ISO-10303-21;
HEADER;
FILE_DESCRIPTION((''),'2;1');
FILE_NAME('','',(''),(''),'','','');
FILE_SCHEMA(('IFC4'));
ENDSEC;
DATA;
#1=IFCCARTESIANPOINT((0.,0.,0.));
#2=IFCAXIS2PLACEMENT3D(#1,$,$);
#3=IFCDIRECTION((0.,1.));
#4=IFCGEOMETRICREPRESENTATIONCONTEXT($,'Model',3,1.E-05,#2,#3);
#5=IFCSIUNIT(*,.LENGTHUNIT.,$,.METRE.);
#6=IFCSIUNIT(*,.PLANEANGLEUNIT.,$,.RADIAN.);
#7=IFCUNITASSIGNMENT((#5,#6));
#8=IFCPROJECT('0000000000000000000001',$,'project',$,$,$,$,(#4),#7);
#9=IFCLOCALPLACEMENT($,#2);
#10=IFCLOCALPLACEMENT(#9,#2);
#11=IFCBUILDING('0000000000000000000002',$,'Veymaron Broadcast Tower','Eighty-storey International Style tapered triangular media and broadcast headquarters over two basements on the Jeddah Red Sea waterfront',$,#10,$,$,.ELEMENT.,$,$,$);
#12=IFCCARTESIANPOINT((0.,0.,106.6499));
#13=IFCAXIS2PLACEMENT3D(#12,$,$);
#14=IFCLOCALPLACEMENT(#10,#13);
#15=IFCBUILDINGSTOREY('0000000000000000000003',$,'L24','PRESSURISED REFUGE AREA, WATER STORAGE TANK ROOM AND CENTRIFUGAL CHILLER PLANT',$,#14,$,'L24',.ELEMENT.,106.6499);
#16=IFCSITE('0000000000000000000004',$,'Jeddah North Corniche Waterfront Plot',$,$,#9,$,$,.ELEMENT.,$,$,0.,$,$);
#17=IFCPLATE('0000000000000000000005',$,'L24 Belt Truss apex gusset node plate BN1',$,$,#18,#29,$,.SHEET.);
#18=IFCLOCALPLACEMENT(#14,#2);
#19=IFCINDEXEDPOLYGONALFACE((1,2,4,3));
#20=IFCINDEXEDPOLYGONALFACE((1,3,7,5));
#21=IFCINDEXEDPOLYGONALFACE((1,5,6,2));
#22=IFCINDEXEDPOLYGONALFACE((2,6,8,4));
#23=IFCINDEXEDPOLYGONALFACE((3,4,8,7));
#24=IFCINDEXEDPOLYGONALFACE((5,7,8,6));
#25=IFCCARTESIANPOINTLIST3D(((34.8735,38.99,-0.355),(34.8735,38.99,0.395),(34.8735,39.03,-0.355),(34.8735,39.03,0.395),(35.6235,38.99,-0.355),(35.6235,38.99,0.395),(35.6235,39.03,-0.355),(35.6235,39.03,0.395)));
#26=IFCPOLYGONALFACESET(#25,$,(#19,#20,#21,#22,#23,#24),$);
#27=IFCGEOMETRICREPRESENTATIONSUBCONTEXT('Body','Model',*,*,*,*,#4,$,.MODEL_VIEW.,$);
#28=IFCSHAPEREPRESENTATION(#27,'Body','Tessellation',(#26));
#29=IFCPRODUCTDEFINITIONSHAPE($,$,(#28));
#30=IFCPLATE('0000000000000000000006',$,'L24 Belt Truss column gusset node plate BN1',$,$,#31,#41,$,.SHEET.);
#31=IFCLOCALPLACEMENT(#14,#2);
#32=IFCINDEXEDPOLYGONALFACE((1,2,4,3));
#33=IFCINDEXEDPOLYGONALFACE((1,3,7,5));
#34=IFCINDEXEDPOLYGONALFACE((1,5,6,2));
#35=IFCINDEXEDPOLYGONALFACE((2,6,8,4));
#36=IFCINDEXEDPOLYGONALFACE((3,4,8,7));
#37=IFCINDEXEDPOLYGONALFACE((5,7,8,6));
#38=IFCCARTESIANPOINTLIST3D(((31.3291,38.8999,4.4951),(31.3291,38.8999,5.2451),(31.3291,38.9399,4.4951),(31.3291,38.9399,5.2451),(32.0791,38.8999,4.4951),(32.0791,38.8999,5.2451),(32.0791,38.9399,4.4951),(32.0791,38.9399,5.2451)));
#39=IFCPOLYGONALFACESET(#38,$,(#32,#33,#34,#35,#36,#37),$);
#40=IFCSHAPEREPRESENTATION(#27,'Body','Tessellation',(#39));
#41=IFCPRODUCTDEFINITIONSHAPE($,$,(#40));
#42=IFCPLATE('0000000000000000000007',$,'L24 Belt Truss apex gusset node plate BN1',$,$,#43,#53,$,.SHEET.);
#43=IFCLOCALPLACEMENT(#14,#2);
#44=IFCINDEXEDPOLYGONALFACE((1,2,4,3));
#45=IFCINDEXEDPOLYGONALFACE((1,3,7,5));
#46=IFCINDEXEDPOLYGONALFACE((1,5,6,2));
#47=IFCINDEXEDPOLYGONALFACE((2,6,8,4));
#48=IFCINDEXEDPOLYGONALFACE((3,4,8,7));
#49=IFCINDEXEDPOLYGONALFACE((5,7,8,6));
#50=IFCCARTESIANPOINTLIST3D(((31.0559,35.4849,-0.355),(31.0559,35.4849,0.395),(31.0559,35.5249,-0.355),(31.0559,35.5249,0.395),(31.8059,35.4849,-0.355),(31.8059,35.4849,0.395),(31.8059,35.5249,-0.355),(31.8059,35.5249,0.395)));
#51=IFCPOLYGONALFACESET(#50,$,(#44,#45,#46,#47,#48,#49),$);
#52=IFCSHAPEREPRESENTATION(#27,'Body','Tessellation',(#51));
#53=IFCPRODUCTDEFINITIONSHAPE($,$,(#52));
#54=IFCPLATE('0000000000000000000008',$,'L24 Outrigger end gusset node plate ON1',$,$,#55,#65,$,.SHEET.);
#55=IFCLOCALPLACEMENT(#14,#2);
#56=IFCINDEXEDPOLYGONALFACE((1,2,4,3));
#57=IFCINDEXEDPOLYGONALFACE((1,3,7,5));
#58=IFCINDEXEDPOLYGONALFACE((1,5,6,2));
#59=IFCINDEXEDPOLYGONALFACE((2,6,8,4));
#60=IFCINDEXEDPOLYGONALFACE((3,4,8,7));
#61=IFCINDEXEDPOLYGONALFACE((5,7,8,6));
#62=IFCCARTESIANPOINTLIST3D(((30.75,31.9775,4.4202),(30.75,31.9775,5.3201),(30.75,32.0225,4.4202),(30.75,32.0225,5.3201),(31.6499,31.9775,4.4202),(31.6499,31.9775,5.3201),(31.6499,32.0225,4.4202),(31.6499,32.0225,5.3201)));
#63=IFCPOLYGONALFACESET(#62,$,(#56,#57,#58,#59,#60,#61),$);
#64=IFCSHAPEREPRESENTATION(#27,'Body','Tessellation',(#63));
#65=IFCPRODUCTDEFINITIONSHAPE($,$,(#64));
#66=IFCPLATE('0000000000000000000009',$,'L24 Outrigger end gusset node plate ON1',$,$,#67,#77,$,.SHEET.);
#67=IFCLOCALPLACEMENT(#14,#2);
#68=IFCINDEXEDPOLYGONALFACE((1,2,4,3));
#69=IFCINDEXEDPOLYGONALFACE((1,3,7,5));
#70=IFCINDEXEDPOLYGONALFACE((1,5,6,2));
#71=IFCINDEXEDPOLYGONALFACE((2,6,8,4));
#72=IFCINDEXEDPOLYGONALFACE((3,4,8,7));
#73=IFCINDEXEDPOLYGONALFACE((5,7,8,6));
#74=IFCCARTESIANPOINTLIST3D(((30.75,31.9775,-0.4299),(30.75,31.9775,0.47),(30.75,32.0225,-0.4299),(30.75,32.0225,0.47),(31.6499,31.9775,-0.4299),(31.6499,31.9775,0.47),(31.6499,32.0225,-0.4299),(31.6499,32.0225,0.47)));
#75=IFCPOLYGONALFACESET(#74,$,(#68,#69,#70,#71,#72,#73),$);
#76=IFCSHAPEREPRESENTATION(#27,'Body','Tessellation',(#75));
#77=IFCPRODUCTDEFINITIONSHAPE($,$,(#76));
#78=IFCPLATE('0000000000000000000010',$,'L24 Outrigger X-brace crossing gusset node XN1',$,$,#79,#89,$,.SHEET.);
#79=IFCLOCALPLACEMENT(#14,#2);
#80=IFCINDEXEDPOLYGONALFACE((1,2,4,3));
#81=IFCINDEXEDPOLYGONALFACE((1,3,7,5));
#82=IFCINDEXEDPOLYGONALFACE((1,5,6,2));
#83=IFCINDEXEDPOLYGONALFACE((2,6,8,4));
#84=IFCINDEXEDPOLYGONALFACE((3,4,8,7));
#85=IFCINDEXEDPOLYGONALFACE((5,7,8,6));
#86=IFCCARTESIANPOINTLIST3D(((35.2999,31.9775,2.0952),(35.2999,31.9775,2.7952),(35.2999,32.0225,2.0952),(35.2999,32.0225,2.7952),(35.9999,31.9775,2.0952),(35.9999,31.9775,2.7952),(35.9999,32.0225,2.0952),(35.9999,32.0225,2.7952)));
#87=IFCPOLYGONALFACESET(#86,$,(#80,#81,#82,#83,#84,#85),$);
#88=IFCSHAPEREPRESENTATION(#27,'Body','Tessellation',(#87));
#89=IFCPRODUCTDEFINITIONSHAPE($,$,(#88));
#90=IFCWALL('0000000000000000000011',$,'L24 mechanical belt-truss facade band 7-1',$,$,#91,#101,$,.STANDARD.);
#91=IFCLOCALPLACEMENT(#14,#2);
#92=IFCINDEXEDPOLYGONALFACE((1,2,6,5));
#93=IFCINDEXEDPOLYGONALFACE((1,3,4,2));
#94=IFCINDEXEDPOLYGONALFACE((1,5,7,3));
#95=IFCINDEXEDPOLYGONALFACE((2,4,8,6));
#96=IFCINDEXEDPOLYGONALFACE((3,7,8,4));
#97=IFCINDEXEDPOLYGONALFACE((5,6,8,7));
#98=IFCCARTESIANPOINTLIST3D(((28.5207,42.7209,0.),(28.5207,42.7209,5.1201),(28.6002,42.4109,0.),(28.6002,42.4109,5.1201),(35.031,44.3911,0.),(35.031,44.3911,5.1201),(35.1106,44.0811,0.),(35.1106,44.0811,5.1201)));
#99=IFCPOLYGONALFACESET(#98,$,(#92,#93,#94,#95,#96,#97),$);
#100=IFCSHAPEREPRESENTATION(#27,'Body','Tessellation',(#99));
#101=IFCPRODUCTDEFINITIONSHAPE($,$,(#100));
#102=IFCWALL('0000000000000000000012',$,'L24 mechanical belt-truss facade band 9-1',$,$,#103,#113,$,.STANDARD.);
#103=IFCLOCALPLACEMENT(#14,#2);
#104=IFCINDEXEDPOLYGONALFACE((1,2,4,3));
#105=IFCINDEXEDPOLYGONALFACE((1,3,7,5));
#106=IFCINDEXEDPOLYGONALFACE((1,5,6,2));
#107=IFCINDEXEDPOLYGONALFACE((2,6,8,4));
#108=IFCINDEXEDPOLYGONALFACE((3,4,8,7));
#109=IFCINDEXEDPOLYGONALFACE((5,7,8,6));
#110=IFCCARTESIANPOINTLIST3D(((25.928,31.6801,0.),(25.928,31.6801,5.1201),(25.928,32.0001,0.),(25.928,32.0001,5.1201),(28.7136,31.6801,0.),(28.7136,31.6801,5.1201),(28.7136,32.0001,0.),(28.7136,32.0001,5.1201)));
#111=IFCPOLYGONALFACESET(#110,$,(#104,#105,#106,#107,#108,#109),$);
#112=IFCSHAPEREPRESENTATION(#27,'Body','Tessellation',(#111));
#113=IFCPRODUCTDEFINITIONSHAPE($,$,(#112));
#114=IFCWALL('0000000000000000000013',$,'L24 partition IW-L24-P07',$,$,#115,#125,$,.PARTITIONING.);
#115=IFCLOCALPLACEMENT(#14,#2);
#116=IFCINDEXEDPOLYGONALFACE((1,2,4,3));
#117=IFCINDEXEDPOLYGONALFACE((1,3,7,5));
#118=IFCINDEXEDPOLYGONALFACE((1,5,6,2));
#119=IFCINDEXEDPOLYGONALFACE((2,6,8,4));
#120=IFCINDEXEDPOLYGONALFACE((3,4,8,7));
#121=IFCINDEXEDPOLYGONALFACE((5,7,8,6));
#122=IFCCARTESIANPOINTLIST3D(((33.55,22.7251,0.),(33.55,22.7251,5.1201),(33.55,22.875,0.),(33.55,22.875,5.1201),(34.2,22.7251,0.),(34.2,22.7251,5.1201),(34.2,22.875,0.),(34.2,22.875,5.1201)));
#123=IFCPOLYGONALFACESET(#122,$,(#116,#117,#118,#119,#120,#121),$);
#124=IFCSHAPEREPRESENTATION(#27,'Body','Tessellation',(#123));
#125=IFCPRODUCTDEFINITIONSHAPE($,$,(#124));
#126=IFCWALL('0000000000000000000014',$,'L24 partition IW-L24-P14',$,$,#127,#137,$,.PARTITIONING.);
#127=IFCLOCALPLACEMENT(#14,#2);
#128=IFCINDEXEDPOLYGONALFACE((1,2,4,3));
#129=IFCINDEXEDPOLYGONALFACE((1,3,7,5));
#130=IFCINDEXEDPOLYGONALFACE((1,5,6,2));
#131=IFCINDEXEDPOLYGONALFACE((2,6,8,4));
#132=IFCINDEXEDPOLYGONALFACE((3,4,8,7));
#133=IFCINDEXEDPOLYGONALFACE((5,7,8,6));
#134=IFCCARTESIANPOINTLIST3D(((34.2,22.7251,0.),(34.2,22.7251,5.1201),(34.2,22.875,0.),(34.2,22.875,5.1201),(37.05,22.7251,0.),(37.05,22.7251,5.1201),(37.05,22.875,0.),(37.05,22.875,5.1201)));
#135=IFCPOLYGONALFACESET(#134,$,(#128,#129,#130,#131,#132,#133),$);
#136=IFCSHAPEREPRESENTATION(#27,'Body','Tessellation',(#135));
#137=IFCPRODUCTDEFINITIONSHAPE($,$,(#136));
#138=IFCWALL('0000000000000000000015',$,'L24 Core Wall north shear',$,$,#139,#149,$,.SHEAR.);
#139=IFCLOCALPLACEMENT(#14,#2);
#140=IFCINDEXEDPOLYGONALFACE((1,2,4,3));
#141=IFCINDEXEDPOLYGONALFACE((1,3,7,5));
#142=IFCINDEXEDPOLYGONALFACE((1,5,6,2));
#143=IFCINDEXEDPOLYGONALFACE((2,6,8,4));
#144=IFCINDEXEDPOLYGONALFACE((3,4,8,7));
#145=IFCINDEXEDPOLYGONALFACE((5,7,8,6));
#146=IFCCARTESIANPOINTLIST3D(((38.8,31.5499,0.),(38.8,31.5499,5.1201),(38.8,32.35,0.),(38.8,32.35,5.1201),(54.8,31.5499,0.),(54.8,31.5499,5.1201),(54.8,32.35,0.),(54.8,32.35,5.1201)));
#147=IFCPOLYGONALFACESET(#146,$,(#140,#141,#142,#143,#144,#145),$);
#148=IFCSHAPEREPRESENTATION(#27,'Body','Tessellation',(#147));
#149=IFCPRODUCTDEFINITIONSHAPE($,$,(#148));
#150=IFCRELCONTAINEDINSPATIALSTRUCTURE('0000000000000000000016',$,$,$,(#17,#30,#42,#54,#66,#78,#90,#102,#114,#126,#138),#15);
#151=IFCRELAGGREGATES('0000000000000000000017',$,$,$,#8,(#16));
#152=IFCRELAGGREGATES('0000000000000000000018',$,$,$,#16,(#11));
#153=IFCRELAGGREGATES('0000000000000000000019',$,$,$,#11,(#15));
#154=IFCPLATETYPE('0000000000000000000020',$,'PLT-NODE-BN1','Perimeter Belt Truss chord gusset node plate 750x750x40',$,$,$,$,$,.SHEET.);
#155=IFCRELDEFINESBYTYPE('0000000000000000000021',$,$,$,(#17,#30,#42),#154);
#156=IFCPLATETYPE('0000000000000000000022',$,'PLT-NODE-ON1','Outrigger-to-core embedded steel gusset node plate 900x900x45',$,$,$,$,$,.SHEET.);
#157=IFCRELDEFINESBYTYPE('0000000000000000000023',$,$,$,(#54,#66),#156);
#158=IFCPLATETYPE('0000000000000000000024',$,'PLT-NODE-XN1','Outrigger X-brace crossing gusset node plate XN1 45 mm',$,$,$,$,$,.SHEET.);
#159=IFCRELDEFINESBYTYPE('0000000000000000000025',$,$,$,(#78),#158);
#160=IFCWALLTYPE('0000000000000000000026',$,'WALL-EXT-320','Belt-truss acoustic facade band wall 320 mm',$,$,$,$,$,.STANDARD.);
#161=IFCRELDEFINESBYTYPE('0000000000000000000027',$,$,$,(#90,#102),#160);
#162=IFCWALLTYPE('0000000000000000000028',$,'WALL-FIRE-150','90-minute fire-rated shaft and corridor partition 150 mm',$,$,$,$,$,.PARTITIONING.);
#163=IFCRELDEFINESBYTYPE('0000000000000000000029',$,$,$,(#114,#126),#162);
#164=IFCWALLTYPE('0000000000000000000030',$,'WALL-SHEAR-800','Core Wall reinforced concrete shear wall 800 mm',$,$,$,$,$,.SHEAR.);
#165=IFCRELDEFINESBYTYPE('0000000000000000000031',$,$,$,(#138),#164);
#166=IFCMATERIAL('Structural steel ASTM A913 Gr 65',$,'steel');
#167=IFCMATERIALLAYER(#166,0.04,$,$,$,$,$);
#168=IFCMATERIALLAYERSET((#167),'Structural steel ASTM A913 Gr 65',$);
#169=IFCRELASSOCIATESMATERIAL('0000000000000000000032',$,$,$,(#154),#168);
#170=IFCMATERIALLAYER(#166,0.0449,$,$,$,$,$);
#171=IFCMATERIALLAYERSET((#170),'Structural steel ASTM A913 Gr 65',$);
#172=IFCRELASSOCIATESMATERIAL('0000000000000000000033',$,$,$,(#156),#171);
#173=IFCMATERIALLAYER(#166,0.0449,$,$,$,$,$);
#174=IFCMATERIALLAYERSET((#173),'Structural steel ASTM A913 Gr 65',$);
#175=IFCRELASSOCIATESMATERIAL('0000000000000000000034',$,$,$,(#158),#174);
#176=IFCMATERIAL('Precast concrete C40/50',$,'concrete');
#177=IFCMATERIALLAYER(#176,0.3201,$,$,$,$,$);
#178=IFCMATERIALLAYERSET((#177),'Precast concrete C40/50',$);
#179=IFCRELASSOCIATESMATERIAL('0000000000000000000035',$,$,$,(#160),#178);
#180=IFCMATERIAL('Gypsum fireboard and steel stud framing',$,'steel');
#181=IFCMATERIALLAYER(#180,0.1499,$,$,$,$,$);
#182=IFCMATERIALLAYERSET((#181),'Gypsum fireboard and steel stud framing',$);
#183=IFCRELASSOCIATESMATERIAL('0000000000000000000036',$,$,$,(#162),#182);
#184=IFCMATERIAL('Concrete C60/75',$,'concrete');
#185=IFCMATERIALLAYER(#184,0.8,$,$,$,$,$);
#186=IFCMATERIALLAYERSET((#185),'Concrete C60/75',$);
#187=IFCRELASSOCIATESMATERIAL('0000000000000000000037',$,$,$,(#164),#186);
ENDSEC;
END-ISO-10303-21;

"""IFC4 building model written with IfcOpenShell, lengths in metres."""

from ifc_helpers import new_model, si_unit, direction, frame, frame_2d, origin, origin_2d, place, context, subcontext, project, spatial, rectangle, extrude, material, layer, layer_set, type_object, element, save


model = new_model("IFC4")

# Units and contexts
model_context = context("Model", 3, precision=1e-05, world=origin(), true_north=direction((0.0, 1.0)))
body_context = subcontext(model_context, "Body", "Model", "MODEL_VIEW")
ifc_project = project(units=[si_unit("LENGTHUNIT", "METRE"), si_unit("PLANEANGLEUNIT", "RADIAN")], contexts=[model_context])

# Site, building, storey
site_placement = place(None, origin())
site = spatial("IfcSite", under=ifc_project, at=site_placement, Name="Jeddah North Corniche Waterfront Plot", CompositionType="ELEMENT", RefElevation=0.0)
building_placement = place(site_placement, origin())
building = spatial("IfcBuilding", under=site, at=building_placement, Name="Veymaron Broadcast Tower", Description="Eighty-storey International Style tapered triangular media and broadcast headquarters over two basements on the Jeddah Red Sea waterfront", CompositionType="ELEMENT")
storey_placement = place(building_placement, frame((0.0, 0.0, 106.6499)))
storey = spatial("IfcBuildingStorey", under=building, at=storey_placement, Name="L24", Description="PRESSURISED REFUGE AREA, WATER STORAGE TANK ROOM AND CENTRIFUGAL CHILLER PLANT", LongName="L24", CompositionType="ELEMENT", Elevation=106.6499)

# Shared definitions
ifc_material_1 = material(Name="Structural steel ASTM A913 Gr 65", Category="steel")

# Plates
ifc_layer_1 = layer(ifc_material_1, 0.04)
ifc_layer_set_1 = layer_set([ifc_layer_1], Name="Structural steel ASTM A913 Gr 65")
plate_type_1 = type_object("IfcPlateType", Name="PLT-NODE-BN1", Description="Perimeter Belt Truss chord gusset node plate 750x750x40", PredefinedType="SHEET", material=ifc_layer_set_1)
for number, where, z_axis, x_axis, name in (
    (1, (35.2485, 39.01, -0.355), (0.0, 0.0, 1.0), (1.0, 0.0, 0.0), "L24 Belt Truss apex gusset node plate BN1"),
    (2, (31.7041, 38.9199, 4.4951), (0.0, 0.0, 1.0), (1.0, 0.0, 0.0), "L24 Belt Truss column gusset node plate BN1"),
    (3, (31.4309, 35.5049, -0.355), (0.0, 0.0, 1.0), (1.0, 0.0, 0.0), "L24 Belt Truss apex gusset node plate BN1"),
):
    element("IfcPlate", number, at=place(storey_placement, frame(where, z_axis=z_axis, x_axis=x_axis)), inside=storey, type_object=plate_type_1, Name=name, PredefinedType="SHEET", context=body_context, shape_type="SweptSolid", body=[
        extrude(rectangle(XDim=0.75, YDim=0.04, at=origin_2d()), origin(), (0.0, 0.0, 1.0), 0.75),
    ])
ifc_layer_2 = layer(ifc_material_1, 0.0449)
ifc_layer_set_2 = layer_set([ifc_layer_2], Name="Structural steel ASTM A913 Gr 65")
plate_type_2 = type_object("IfcPlateType", Name="PLT-NODE-ON1", Description="Outrigger-to-core embedded steel gusset node plate 900x900x45", PredefinedType="SHEET", material=ifc_layer_set_2)
for number, where, z_axis, x_axis, name in (
    (4, (31.2, 32.0, 4.4202), (0.0, 0.0, 1.0), (1.0, 0.0, 0.0), "L24 Outrigger end gusset node plate ON1"),
    (5, (31.2, 32.0, -0.4299), (0.0, 0.0, 1.0), (1.0, 0.0, 0.0), "L24 Outrigger end gusset node plate ON1"),
):
    element("IfcPlate", number, at=place(storey_placement, frame(where, z_axis=z_axis, x_axis=x_axis)), inside=storey, type_object=plate_type_2, Name=name, PredefinedType="SHEET", context=body_context, shape_type="SweptSolid", body=[
        extrude(rectangle(XDim=0.8999, YDim=0.0449, at=origin_2d()), origin(), (0.0, 0.0, 1.0), 0.8999),
    ])
ifc_layer_3 = layer(ifc_material_1, 0.0449)
ifc_layer_set_3 = layer_set([ifc_layer_3], Name="Structural steel ASTM A913 Gr 65")
plate_type_3 = type_object("IfcPlateType", Name="PLT-NODE-XN1", Description="Outrigger X-brace crossing gusset node plate XN1 45 mm", PredefinedType="SHEET", material=ifc_layer_set_3)
plate_placement = place(storey_placement, frame((35.6499, 32.0, 2.0952), z_axis=(0.0, 0.0, 1.0), x_axis=(1.0, 0.0, 0.0)))
element("IfcPlate", 6, at=plate_placement, inside=storey, type_object=plate_type_3, Name="L24 Outrigger X-brace crossing gusset node XN1", PredefinedType="SHEET", context=body_context, shape_type="SweptSolid", body=[
    extrude(rectangle(XDim=0.7, YDim=0.0449, at=origin_2d()), origin(), (0.0, 0.0, 1.0), 0.7),
])

# Walls
ifc_material_2 = material(Name="Precast concrete C40/50", Category="concrete")
ifc_layer_4 = layer(ifc_material_2, 0.3201)
ifc_layer_set_4 = layer_set([ifc_layer_4], Name="Precast concrete C40/50")
wall_type_1 = type_object("IfcWallType", Name="WALL-EXT-320", Description="Belt-truss acoustic facade band wall 320 mm", PredefinedType="STANDARD", material=ifc_layer_set_4)
wall_1_placement = place(storey_placement, frame((35.0708, 44.2361, 0.0), z_axis=(0.0, 0.0, 1.0), x_axis=(-0.968633, -0.248497, 0.0)))
element("IfcWall", 7, at=wall_1_placement, inside=storey, type_object=wall_type_1, Name="L24 mechanical belt-truss facade band 7-1", PredefinedType="STANDARD", context=body_context, shape_type="SweptSolid", body=[
    extrude(rectangle(XDim=6.7212, YDim=0.3201, at=frame_2d((3.3606, 0.0))), origin(), (0.0, 0.0, 1.0), 5.1201),
])
wall_2_placement = place(storey_placement, frame((28.7136, 31.8401, 0.0), z_axis=(0.0, 0.0, 1.0), x_axis=(-1.0, 0.0, 0.0)))
element("IfcWall", 8, at=wall_2_placement, inside=storey, type_object=wall_type_1, Name="L24 mechanical belt-truss facade band 9-1", PredefinedType="STANDARD", context=body_context, shape_type="SweptSolid", body=[
    extrude(rectangle(XDim=2.7856, YDim=0.3201, at=frame_2d((1.3928, 0.0))), origin(), (0.0, 0.0, 1.0), 5.1201),
])
ifc_material_3 = material(Name="Gypsum fireboard and steel stud framing", Category="steel")
ifc_layer_5 = layer(ifc_material_3, 0.1499)
ifc_layer_set_5 = layer_set([ifc_layer_5], Name="Gypsum fireboard and steel stud framing")
wall_type_2 = type_object("IfcWallType", Name="WALL-FIRE-150", Description="90-minute fire-rated shaft and corridor partition 150 mm", PredefinedType="PARTITIONING", material=ifc_layer_set_5)
wall_3_placement = place(storey_placement, frame((33.55, 22.8, 0.0), z_axis=(0.0, 0.0, 1.0), x_axis=(1.0, 0.0, 0.0)))
element("IfcWall", 9, at=wall_3_placement, inside=storey, type_object=wall_type_2, Name="L24 partition IW-L24-P07", PredefinedType="PARTITIONING", context=body_context, shape_type="SweptSolid", body=[
    extrude(rectangle(XDim=0.6499, YDim=0.1499, at=frame_2d((0.325, 0.0))), origin(), (0.0, 0.0, 1.0), 5.1201),
])
wall_4_placement = place(storey_placement, frame((34.2, 22.8, 0.0), z_axis=(0.0, 0.0, 1.0), x_axis=(1.0, 0.0, 0.0)))
element("IfcWall", 10, at=wall_4_placement, inside=storey, type_object=wall_type_2, Name="L24 partition IW-L24-P14", PredefinedType="PARTITIONING", context=body_context, shape_type="SweptSolid", body=[
    extrude(rectangle(XDim=2.8501, YDim=0.1499, at=frame_2d((1.425, 0.0))), origin(), (0.0, 0.0, 1.0), 5.1201),
])
ifc_material_4 = material(Name="Concrete C60/75", Category="concrete")
ifc_layer_6 = layer(ifc_material_4, 0.8)
ifc_layer_set_6 = layer_set([ifc_layer_6], Name="Concrete C60/75")
wall_type_3 = type_object("IfcWallType", Name="WALL-SHEAR-800", Description="Core Wall reinforced concrete shear wall 800 mm", PredefinedType="SHEAR", material=ifc_layer_set_6)
wall_5_placement = place(storey_placement, frame((38.8, 31.95, 0.0), z_axis=(0.0, 0.0, 1.0), x_axis=(1.0, 0.0, 0.0)))
element("IfcWall", 11, at=wall_5_placement, inside=storey, type_object=wall_type_3, Name="L24 Core Wall north shear", PredefinedType="SHEAR", context=body_context, shape_type="SweptSolid", body=[
    extrude(rectangle(XDim=16.0, YDim=0.8, at=frame_2d((8.0, 0.0))), origin(), (0.0, 0.0, 1.0), 5.1201),
])

save(model, "model.ifc")
